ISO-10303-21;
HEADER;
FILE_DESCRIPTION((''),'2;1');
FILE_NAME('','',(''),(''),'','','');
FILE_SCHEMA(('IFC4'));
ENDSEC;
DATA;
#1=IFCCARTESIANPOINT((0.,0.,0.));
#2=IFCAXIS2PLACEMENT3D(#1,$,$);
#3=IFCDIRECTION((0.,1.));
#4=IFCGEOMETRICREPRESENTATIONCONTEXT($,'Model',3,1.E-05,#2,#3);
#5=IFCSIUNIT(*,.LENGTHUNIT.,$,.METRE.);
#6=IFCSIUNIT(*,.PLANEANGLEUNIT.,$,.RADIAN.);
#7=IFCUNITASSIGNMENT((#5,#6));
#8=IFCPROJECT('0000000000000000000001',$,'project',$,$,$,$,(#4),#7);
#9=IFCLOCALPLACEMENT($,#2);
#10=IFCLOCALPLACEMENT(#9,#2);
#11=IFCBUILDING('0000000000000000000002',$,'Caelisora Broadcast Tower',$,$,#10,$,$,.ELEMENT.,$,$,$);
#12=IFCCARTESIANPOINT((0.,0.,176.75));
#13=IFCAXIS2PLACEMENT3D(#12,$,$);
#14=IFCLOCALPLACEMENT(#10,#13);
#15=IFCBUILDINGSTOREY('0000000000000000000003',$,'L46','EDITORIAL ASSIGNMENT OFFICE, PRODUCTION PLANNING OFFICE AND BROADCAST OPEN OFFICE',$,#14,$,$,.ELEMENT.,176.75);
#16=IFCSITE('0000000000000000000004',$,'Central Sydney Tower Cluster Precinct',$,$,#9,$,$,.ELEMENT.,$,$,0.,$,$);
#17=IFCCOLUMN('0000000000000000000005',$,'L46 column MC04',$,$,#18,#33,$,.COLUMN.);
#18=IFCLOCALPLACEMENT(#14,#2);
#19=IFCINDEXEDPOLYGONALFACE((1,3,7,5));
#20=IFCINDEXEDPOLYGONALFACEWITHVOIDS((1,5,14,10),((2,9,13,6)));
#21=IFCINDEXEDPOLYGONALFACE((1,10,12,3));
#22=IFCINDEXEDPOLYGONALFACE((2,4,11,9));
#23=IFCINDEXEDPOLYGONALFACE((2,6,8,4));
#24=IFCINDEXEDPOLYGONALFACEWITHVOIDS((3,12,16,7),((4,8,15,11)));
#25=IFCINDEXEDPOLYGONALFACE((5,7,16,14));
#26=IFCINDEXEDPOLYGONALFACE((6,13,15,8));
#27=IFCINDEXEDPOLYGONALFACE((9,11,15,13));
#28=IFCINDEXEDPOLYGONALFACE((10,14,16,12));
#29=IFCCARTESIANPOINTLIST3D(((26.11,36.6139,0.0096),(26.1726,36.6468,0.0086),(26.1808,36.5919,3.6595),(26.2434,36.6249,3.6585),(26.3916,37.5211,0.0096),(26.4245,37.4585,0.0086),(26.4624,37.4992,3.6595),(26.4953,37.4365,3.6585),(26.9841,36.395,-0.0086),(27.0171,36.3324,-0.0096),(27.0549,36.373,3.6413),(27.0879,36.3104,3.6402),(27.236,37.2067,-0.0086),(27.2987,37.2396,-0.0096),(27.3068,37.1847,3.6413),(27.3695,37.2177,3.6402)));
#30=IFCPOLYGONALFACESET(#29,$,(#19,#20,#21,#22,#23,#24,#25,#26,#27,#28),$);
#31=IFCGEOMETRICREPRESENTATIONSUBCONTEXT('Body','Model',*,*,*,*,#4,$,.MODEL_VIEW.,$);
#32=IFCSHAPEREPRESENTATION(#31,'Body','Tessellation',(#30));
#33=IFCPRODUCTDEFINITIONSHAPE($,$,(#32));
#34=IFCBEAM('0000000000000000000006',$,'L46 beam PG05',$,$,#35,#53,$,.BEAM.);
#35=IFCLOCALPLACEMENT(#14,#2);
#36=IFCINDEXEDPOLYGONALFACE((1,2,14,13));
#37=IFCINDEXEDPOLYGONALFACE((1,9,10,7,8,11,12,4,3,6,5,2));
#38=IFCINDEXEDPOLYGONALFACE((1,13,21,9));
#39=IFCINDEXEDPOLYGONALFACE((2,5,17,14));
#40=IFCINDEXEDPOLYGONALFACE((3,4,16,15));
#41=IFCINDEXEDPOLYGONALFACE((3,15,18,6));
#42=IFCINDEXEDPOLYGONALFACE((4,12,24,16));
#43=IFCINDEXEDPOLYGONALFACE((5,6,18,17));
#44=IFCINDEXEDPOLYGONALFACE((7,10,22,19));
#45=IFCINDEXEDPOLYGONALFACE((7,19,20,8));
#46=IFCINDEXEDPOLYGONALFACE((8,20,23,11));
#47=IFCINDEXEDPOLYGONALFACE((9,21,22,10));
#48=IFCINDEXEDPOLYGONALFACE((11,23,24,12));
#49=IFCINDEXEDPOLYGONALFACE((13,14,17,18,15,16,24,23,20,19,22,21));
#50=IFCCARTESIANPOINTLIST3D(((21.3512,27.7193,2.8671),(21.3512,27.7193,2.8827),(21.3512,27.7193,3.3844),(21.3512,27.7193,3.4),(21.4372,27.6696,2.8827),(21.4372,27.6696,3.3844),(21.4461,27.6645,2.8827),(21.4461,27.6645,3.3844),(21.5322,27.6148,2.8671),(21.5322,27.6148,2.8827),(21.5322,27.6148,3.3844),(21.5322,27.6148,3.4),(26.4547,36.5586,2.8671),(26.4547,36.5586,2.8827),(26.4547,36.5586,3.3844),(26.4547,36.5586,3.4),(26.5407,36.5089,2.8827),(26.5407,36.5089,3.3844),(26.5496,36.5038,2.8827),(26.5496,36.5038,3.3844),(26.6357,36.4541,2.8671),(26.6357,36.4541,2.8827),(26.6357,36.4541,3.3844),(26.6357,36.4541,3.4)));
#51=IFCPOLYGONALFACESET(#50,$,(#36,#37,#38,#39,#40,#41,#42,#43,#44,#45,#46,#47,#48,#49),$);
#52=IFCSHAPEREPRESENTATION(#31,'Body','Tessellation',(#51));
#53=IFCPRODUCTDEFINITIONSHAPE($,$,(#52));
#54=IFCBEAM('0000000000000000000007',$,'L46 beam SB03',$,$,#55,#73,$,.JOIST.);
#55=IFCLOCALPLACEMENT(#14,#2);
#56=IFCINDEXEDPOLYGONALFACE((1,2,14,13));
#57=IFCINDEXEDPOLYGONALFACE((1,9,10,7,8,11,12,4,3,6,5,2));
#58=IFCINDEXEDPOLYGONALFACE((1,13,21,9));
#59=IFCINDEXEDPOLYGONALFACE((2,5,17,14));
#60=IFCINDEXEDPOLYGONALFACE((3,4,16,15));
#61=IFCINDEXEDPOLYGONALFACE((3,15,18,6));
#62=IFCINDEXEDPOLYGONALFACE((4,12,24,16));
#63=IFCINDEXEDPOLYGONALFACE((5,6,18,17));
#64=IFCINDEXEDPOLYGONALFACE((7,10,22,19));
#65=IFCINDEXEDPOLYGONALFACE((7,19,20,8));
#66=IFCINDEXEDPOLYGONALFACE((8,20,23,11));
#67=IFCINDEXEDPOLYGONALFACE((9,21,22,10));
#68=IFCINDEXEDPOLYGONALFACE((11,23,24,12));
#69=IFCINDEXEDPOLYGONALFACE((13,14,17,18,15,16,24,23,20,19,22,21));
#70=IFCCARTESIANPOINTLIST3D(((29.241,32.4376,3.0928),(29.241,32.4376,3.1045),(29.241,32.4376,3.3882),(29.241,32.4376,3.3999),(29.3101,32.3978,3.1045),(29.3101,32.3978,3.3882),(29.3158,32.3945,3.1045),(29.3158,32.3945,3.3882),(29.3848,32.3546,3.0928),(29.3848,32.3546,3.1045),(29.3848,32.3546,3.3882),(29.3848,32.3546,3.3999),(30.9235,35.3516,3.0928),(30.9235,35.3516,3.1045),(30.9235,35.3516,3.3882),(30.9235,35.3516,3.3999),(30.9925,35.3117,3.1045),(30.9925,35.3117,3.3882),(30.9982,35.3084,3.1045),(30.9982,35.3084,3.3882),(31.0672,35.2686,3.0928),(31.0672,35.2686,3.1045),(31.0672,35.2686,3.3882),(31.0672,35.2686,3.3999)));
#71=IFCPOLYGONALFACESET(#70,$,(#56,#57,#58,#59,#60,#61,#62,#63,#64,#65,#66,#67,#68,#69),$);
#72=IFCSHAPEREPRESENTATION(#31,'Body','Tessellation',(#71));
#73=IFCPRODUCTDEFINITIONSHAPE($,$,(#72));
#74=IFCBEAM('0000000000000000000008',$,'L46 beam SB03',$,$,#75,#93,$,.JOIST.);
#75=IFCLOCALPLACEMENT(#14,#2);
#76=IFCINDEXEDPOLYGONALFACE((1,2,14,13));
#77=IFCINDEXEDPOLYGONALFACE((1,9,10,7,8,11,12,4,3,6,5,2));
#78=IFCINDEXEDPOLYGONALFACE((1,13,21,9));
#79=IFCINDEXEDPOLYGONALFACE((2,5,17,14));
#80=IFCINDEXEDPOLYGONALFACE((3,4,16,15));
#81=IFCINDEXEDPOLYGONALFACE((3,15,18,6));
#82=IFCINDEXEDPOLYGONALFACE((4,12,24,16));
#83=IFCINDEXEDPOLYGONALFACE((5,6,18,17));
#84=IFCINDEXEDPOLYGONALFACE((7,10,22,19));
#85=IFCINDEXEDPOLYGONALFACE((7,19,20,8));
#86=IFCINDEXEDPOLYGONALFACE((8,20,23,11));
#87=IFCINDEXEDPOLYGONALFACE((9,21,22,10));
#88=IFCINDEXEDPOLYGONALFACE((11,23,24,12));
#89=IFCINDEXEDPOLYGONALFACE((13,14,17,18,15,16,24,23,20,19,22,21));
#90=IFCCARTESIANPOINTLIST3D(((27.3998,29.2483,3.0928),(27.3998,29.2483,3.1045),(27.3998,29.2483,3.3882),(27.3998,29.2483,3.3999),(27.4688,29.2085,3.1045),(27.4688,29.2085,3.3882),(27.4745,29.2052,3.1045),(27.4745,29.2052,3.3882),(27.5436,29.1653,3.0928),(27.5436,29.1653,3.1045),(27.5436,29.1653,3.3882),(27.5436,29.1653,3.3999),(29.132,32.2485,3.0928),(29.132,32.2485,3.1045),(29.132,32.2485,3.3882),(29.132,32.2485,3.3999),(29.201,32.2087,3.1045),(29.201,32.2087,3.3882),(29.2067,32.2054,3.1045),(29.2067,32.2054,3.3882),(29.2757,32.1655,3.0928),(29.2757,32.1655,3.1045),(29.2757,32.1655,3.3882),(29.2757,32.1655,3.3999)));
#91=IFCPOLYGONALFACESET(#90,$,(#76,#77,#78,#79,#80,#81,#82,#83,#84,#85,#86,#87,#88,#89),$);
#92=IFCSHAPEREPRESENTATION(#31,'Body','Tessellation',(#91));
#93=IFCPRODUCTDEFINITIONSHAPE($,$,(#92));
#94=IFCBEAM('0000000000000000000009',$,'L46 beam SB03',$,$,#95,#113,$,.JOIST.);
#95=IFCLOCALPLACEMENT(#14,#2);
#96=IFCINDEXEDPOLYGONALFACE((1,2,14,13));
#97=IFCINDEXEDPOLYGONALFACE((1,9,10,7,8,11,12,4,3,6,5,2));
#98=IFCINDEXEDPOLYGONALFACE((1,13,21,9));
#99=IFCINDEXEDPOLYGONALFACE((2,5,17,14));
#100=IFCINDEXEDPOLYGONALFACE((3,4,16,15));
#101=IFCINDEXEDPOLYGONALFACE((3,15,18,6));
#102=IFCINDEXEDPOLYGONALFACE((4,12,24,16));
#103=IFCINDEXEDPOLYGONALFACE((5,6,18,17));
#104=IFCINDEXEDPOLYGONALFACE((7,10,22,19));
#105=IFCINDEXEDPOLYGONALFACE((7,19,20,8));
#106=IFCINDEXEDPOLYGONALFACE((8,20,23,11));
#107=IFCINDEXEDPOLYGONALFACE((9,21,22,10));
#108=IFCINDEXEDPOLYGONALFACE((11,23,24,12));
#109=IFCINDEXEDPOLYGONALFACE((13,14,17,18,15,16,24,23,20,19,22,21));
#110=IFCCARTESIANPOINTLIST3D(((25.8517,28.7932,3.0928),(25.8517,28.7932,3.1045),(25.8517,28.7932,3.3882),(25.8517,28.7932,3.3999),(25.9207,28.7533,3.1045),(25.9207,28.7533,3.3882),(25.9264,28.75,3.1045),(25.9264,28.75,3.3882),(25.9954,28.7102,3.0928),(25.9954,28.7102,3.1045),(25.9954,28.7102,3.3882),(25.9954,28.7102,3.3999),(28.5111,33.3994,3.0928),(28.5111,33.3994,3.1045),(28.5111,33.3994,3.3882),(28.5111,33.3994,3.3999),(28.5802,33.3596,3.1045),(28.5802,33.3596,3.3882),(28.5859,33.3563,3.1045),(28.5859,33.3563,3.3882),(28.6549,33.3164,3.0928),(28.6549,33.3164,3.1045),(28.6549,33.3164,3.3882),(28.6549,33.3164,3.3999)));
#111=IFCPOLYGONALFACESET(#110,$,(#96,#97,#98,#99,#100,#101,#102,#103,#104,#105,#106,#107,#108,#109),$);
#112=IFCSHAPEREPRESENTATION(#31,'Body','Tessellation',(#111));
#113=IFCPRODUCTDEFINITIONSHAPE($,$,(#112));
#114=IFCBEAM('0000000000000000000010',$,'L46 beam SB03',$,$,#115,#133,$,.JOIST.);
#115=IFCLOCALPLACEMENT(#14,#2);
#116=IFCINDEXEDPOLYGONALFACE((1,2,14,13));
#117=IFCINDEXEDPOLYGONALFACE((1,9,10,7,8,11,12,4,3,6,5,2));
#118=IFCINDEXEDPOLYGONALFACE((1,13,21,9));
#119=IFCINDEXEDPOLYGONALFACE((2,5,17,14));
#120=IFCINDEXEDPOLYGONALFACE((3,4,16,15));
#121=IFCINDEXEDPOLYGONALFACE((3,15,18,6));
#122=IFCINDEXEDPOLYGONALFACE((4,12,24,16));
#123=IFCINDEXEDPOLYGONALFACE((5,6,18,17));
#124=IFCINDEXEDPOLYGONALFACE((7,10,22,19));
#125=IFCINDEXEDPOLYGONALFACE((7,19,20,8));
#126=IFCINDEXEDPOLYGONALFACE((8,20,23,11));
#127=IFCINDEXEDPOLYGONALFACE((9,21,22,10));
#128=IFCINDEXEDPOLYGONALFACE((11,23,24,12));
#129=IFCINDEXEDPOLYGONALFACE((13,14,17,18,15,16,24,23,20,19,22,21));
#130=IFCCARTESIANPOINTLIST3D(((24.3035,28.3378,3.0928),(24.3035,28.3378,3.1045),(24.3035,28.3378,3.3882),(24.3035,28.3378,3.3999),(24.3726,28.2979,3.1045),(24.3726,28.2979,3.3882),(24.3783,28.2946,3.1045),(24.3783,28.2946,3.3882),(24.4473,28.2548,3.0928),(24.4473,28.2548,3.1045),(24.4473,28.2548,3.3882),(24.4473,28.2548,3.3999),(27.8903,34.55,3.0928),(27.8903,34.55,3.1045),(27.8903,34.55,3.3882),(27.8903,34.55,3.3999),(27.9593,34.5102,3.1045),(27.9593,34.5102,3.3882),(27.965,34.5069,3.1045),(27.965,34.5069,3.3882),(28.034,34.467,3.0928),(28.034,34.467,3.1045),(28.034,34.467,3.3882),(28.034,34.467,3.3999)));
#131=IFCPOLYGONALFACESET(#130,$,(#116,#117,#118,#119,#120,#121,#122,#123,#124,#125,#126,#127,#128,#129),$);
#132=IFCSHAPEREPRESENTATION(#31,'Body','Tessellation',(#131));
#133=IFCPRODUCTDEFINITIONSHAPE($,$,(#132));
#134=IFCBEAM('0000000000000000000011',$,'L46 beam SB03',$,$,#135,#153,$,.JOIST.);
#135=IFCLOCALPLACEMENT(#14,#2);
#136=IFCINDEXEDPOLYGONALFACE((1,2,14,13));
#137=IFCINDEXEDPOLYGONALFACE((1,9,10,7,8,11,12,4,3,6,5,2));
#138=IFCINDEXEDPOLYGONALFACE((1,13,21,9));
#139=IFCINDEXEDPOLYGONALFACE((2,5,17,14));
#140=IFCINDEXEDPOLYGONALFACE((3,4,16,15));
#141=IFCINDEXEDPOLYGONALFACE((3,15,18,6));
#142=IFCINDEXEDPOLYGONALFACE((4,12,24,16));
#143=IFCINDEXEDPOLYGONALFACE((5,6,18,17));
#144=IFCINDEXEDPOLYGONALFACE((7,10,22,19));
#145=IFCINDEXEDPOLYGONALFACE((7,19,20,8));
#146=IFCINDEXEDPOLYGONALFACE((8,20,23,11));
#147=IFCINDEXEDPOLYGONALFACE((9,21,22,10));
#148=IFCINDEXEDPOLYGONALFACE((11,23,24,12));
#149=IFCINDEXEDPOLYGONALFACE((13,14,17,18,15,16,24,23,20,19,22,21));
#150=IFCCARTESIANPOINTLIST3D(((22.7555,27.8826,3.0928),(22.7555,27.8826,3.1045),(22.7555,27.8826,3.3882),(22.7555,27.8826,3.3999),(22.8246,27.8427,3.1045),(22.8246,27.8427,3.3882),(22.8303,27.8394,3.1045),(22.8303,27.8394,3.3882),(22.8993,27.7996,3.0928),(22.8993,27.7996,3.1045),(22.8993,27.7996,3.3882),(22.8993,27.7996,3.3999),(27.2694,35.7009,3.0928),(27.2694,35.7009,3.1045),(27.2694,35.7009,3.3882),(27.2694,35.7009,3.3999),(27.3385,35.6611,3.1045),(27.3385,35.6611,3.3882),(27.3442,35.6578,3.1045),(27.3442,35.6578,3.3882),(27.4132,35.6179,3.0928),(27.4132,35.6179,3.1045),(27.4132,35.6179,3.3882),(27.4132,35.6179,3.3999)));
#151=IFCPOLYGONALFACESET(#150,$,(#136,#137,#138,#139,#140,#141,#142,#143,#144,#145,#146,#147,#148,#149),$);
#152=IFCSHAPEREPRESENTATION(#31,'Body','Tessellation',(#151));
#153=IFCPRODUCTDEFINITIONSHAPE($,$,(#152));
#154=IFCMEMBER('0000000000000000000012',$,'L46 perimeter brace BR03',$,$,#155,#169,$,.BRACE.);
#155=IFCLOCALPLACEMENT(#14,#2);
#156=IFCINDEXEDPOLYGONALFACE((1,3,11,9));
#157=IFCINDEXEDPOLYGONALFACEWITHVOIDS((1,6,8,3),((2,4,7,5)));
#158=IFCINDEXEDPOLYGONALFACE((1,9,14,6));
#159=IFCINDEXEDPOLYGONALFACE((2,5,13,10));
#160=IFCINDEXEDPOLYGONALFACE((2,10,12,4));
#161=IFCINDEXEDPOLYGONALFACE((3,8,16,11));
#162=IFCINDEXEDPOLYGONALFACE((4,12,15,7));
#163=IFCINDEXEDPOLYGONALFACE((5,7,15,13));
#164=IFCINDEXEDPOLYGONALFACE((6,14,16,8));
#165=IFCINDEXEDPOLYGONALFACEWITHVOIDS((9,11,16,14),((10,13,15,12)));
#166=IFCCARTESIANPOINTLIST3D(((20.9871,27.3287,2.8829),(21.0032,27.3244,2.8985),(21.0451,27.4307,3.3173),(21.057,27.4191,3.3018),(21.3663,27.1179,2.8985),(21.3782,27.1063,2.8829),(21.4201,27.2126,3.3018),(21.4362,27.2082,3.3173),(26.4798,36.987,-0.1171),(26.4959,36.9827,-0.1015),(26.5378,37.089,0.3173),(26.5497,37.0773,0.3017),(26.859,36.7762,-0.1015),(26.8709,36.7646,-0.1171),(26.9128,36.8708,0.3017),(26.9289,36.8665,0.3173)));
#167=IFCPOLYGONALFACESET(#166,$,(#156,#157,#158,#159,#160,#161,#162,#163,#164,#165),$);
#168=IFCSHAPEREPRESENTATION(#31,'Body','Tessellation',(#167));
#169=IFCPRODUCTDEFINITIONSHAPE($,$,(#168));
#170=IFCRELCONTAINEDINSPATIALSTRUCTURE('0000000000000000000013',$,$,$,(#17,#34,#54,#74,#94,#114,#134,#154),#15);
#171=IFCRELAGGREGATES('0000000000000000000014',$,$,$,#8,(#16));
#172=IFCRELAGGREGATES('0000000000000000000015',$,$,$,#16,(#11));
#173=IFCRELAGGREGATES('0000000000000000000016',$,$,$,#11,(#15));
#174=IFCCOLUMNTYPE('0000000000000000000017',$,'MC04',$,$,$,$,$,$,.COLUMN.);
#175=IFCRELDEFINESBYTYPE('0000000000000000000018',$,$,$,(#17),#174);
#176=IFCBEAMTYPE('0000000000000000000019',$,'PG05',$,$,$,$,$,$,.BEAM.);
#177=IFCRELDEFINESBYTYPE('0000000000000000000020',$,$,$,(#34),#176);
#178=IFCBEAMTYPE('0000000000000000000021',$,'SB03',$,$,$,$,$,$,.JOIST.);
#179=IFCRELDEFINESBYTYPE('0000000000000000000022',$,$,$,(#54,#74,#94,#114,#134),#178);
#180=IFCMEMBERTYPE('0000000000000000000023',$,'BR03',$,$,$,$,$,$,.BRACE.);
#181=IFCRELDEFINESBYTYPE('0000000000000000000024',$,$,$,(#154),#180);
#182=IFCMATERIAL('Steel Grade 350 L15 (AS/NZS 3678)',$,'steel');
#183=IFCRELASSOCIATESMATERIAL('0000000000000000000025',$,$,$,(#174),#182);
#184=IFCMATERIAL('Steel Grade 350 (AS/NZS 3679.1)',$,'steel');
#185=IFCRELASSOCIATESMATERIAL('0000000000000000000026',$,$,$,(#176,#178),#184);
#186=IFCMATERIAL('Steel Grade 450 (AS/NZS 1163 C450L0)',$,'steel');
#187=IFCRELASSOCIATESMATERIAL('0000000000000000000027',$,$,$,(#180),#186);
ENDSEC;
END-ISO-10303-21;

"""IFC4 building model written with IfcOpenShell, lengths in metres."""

from ifc_helpers import new_model, si_unit, direction, frame, origin, origin_2d, place, context, subcontext, project, spatial, hollow_rectangle, i_section, extrude, source, transform, mapped, material, material_profile, profile_set, type_object, type_shapes, element, save


model = new_model("IFC4")

# Units and contexts
model_context = context("Model", 3, precision=1e-05, world=origin(), true_north=direction((0.0, 1.0)))
body_context = subcontext(model_context, "Body", "Model", "MODEL_VIEW")
ifc_project = project(units=[si_unit("LENGTHUNIT", "METRE"), si_unit("PLANEANGLEUNIT", "RADIAN")], contexts=[model_context])

# Site, building, storey
site_placement = place(None, origin())
site = spatial("IfcSite", under=ifc_project, at=site_placement, Name="Central Sydney Tower Cluster Precinct", CompositionType="ELEMENT", RefElevation=0.0)
building_placement = place(site_placement, origin())
building = spatial("IfcBuilding", under=site, at=building_placement, Name="Caelisora Broadcast Tower", CompositionType="ELEMENT")
storey_placement = place(building_placement, frame((0.0, 0.0, 176.75)))
storey = spatial("IfcBuildingStorey", under=building, at=storey_placement, Name="L46", Description="EDITORIAL ASSIGNMENT OFFICE, PRODUCTION PLANNING OFFICE AND BROADCAST OPEN OFFICE", CompositionType="ELEMENT", Elevation=176.75)

# Column
ifc_material_1 = material(Name="Steel Grade 350 L15 (AS/NZS 3678)", Category="steel")
ifc_material_profile_1 = material_profile(ifc_material_1, hollow_rectangle(XDim=0.95, YDim=0.95, WallThickness=0.05, at=origin_2d()), Name="Steel Grade 350 L15 (AS/NZS 3678)")
ifc_profile_set_1 = profile_set([ifc_material_profile_1], Name="Steel Grade 350 L15 (AS/NZS 3678)")
column_type = type_object("IfcColumnType", Name="MC04", PredefinedType="COLUMN", material=ifc_profile_set_1)
shared_shape_1 = source(origin(), body_context, "Body", "SweptSolid", [
    extrude(hollow_rectangle(XDim=0.95, YDim=0.95, WallThickness=0.05, at=origin_2d()), origin(), (0.0, 0.0, 1.0), 3.6506),
])
type_shapes(column_type, [shared_shape_1])
column_placement = place(storey_placement, frame((26.7043, 36.9268, 0.0), z_axis=(0.019394, -0.006019, 0.999794), x_axis=(0.296399, 0.955064, 0.0)))
element("IfcColumn", 1, at=column_placement, inside=storey, type_object=column_type, Name="L46 column MC04", PredefinedType="COLUMN", context=body_context, shape_type="MappedRepresentation", body=[
    mapped(shared_shape_1, transform((0.0, 0.0, 0.0), scale=1.0)),
])

# Beams
ifc_material_2 = material(Name="Steel Grade 350 (AS/NZS 3679.1)", Category="steel")
ifc_material_profile_2 = material_profile(ifc_material_2, i_section(OverallWidth=0.209, OverallDepth=0.533, WebThickness=0.0103, FlangeThickness=0.0156, at=origin_2d()), Name="Steel Grade 350 (AS/NZS 3679.1)")
ifc_profile_set_2 = profile_set([ifc_material_profile_2], Name="Steel Grade 350 (AS/NZS 3679.1)")
beam_type_1 = type_object("IfcBeamType", Name="PG05", PredefinedType="BEAM", material=ifc_profile_set_2)
shared_shape_2 = source(origin(), body_context, "Body", "SweptSolid", [
    extrude(i_section(OverallWidth=0.209, OverallDepth=0.533, WebThickness=0.0103, FlangeThickness=0.0156, at=origin_2d()), origin(), (0.0, 0.0, 1.0), 10.2068),
])
type_shapes(beam_type_1, [shared_shape_2])
beam_1_placement = place(storey_placement, frame((26.5452, 36.5063, 3.1335), z_axis=(-0.500008, -0.866021, 0.0), x_axis=(0.866021, -0.500008, 0.0)))
element("IfcBeam", 2, at=beam_1_placement, inside=storey, type_object=beam_type_1, Name="L46 beam PG05", PredefinedType="BEAM", context=body_context, shape_type="MappedRepresentation", body=[
    mapped(shared_shape_2, transform((0.0, 0.0, 0.0), scale=1.0)),
])
ifc_material_profile_3 = material_profile(ifc_material_2, i_section(OverallWidth=0.166, OverallDepth=0.3071, WebThickness=0.0066, FlangeThickness=0.0117, at=origin_2d()), Name="Steel Grade 350 (AS/NZS 3679.1)")
ifc_profile_set_3 = profile_set([ifc_material_profile_3], Name="Steel Grade 350 (AS/NZS 3679.1)")
beam_type_2 = type_object("IfcBeamType", Name="SB03", PredefinedType="JOIST", material=ifc_profile_set_3)
shared_shape_3 = source(origin(), body_context, "Body", "SweptSolid", [
    extrude(i_section(OverallWidth=0.166, OverallDepth=0.3071, WebThickness=0.0066, FlangeThickness=0.0117, at=origin_2d()), origin(), (0.0, 0.0, 1.0), 3.3647),
])
beam_2_placement = place(storey_placement, frame((30.9954, 35.3101, 3.2463), z_axis=(-0.500018, -0.866015, 0.0), x_axis=(0.866015, -0.500018, 0.0)))
element("IfcBeam", 3, at=beam_2_placement, inside=storey, type_object=beam_type_2, Name="L46 beam SB03", PredefinedType="JOIST", context=body_context, shape_type="MappedRepresentation", body=[
    mapped(shared_shape_3, transform((0.0, 0.0, 0.0), scale=1.0)),
])
shared_shape_4 = source(origin(), body_context, "Body", "SweptSolid", [
    extrude(i_section(OverallWidth=0.166, OverallDepth=0.3071, WebThickness=0.0066, FlangeThickness=0.0117, at=origin_2d()), origin(), (0.0, 0.0, 1.0), 3.4644),
])
beam_3_placement = place(storey_placement, frame((29.2039, 32.207, 3.2463), z_axis=(-0.499997, -0.866027, 0.0), x_axis=(0.866027, -0.499997, 0.0)))
element("IfcBeam", 4, at=beam_3_placement, inside=storey, type_object=beam_type_2, Name="L46 beam SB03", PredefinedType="JOIST", context=body_context, shape_type="MappedRepresentation", body=[
    mapped(shared_shape_4, transform((0.0, 0.0, 0.0), scale=1.0)),
])
shared_shape_5 = source(origin(), body_context, "Body", "SweptSolid", [
    extrude(i_section(OverallWidth=0.166, OverallDepth=0.3071, WebThickness=0.0066, FlangeThickness=0.0117, at=origin_2d()), origin(), (0.0, 0.0, 1.0), 5.3188),
])
beam_4_placement = place(storey_placement, frame((28.583, 33.3579, 3.2463), z_axis=(-0.500005, -0.866023, 0.0), x_axis=(0.866023, -0.500005, 0.0)))
element("IfcBeam", 5, at=beam_4_placement, inside=storey, type_object=beam_type_2, Name="L46 beam SB03", PredefinedType="JOIST", context=body_context, shape_type="MappedRepresentation", body=[
    mapped(shared_shape_5, transform((0.0, 0.0, 0.0), scale=1.0)),
])
shared_shape_6 = source(origin(), body_context, "Body", "SweptSolid", [
    extrude(i_section(OverallWidth=0.166, OverallDepth=0.3071, WebThickness=0.0066, FlangeThickness=0.0117, at=origin_2d()), origin(), (0.0, 0.0, 1.0), 7.1733),
])
beam_5_placement = place(storey_placement, frame((27.9622, 34.5085, 3.2463), z_axis=(-0.500008, -0.866021, 0.0), x_axis=(0.866021, -0.500008, 0.0)))
element("IfcBeam", 6, at=beam_5_placement, inside=storey, type_object=beam_type_2, Name="L46 beam SB03", PredefinedType="JOIST", context=body_context, shape_type="MappedRepresentation", body=[
    mapped(shared_shape_6, transform((0.0, 0.0, 0.0), scale=1.0)),
])
shared_shape_7 = source(origin(), body_context, "Body", "SweptSolid", [
    extrude(i_section(OverallWidth=0.166, OverallDepth=0.3071, WebThickness=0.0066, FlangeThickness=0.0117, at=origin_2d()), origin(), (0.0, 0.0, 1.0), 9.0278),
])
type_shapes(beam_type_2, [shared_shape_3, shared_shape_4, shared_shape_5, shared_shape_6, shared_shape_7])
beam_6_placement = place(storey_placement, frame((27.3413, 35.6594, 3.2463), z_axis=(-0.499999, -0.866026, 0.0), x_axis=(0.866026, -0.499999, 0.0)))
element("IfcBeam", 7, at=beam_6_placement, inside=storey, type_object=beam_type_2, Name="L46 beam SB03", PredefinedType="JOIST", context=body_context, shape_type="MappedRepresentation", body=[
    mapped(shared_shape_7, transform((0.0, 0.0, 0.0), scale=1.0)),
])

# Member
ifc_material_3 = material(Name="Steel Grade 450 (AS/NZS 1163 C450L0)", Category="steel")
ifc_material_profile_4 = material_profile(ifc_material_3, hollow_rectangle(XDim=0.45, YDim=0.45, WallThickness=0.0161, at=origin_2d()), Name="Steel Grade 450 (AS/NZS 1163 C450L0)")
ifc_profile_set_4 = profile_set([ifc_material_profile_4], Name="Steel Grade 450 (AS/NZS 1163 C450L0)")
member_type_1 = type_object("IfcMemberType", Name="BR03", PredefinedType="BRACE", material=ifc_profile_set_4)
shared_shape_8 = source(origin(), body_context, "Body", "SweptSolid", [
    extrude(hollow_rectangle(XDim=0.45, YDim=0.45, WallThickness=0.0161, at=origin_2d()), origin(), (0.0, 0.0, 1.0), 11.5088),
])
type_shapes(member_type_1, [shared_shape_8])
member_1_placement = place(storey_placement, frame((26.7043, 36.9268, 0.1001), z_axis=(-0.477263, -0.839208, 0.260672), x_axis=(0.869261, -0.494354, 0.0)))
element("IfcMember", 8, at=member_1_placement, inside=storey, type_object=member_type_1, Name="L46 perimeter brace BR03", PredefinedType="BRACE", context=body_context, shape_type="MappedRepresentation", body=[
    mapped(shared_shape_8, transform((0.0, 0.0, 0.0), scale=1.0)),
])

save(model, "model.ifc")
